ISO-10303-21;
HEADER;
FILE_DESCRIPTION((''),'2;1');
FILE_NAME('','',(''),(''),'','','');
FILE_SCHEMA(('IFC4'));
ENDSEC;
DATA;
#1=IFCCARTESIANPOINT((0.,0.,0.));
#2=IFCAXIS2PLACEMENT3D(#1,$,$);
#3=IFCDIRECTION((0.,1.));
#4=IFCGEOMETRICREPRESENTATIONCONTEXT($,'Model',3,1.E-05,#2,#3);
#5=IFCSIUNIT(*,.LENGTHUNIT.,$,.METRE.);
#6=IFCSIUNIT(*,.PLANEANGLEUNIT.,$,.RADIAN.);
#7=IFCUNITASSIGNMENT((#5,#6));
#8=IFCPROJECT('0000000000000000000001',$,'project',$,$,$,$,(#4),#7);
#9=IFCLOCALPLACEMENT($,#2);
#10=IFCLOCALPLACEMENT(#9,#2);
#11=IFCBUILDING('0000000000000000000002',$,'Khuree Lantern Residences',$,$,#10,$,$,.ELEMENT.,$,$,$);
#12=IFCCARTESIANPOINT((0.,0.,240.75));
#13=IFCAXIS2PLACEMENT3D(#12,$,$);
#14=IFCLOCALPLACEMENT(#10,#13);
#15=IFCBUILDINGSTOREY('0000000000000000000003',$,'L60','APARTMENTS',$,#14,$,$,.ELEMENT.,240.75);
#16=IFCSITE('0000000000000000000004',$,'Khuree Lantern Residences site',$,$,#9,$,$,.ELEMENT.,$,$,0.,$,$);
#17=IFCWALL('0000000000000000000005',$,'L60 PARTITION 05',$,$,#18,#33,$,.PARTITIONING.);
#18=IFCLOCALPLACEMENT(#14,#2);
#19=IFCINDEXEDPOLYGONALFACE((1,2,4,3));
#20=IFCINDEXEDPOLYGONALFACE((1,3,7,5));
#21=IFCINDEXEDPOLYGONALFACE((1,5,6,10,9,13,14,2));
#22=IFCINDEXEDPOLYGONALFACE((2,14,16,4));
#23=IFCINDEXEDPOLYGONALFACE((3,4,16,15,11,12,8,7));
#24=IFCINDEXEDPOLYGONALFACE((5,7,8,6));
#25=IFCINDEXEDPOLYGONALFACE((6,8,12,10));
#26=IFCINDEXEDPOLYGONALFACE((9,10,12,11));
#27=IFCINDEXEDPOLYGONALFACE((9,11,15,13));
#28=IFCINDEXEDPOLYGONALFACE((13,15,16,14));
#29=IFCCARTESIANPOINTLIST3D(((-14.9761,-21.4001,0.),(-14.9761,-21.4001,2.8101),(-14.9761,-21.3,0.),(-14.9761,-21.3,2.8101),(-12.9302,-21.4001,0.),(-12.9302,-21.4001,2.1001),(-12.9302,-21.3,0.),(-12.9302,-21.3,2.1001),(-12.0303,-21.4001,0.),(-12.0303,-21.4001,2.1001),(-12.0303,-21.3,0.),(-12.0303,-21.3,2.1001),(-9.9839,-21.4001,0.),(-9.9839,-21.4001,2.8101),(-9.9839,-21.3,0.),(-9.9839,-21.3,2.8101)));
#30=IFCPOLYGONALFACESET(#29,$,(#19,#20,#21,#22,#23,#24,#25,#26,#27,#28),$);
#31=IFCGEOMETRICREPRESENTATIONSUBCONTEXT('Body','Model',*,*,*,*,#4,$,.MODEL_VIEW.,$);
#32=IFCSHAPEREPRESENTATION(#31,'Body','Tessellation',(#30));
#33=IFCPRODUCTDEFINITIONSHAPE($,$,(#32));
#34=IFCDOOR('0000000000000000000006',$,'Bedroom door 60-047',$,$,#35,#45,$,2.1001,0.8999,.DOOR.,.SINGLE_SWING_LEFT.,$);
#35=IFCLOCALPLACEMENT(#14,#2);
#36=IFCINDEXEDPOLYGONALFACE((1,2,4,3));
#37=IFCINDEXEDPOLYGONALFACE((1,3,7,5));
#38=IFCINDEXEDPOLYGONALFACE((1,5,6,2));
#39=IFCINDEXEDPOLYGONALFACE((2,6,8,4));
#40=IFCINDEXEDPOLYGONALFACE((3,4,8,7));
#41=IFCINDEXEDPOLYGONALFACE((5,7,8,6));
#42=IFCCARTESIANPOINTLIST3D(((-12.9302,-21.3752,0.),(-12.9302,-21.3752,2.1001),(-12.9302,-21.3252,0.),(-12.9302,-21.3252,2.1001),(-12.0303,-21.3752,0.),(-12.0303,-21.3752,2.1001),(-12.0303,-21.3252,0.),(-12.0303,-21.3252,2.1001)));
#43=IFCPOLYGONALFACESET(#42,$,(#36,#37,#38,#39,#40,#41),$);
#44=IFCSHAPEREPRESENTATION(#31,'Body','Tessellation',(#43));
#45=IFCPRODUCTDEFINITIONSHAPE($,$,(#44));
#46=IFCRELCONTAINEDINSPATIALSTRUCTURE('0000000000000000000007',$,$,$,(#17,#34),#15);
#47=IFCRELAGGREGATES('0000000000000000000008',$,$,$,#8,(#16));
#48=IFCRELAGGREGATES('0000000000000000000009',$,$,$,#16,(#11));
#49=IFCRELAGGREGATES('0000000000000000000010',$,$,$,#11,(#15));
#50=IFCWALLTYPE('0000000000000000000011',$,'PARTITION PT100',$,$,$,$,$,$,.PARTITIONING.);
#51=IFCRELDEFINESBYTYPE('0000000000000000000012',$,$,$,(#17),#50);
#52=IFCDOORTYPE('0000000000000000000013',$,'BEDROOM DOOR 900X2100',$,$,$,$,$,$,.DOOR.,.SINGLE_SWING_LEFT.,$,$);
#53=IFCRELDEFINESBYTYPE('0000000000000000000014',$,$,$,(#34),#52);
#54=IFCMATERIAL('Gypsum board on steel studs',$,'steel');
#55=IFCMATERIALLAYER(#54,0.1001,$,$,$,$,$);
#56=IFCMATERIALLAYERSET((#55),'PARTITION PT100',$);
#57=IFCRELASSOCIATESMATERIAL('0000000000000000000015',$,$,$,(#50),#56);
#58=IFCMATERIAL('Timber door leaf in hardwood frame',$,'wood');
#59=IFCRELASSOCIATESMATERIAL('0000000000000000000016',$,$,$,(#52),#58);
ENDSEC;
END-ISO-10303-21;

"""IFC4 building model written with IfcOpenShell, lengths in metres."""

from ifc_helpers import new_model, si_unit, direction, frame, frame_2d, origin, place, context, subcontext, project, spatial, rectangle, extrude, material, layer, layer_set, type_object, element, fill, save


model = new_model("IFC4")

# Units and contexts
model_context = context("Model", 3, precision=1e-05, world=origin(), true_north=direction((0.0, 1.0)))
body_context = subcontext(model_context, "Body", "Model", "MODEL_VIEW")
ifc_project = project(units=[si_unit("LENGTHUNIT", "METRE"), si_unit("PLANEANGLEUNIT", "RADIAN")], contexts=[model_context])

# Site, building, storey
site_placement = place(None, origin())
site = spatial("IfcSite", under=ifc_project, at=site_placement, Name="Khuree Lantern Residences site", CompositionType="ELEMENT", RefElevation=0.0)
building_placement = place(site_placement, origin())
building = spatial("IfcBuilding", under=site, at=building_placement, Name="Khuree Lantern Residences", CompositionType="ELEMENT")
storey_placement = place(building_placement, frame((0.0, 0.0, 240.75)))
storey = spatial("IfcBuildingStorey", under=building, at=storey_placement, Name="L60", Description="APARTMENTS", CompositionType="ELEMENT", Elevation=240.75)

# Shared definitions
ifc_material_1 = material(Name="Gypsum board on steel studs", Category="steel")
ifc_layer_1 = layer(ifc_material_1, 0.1001)
ifc_layer_set_1 = layer_set([ifc_layer_1], Name="PARTITION PT100")
wall_type = type_object("IfcWallType", Name="PARTITION PT100", PredefinedType="PARTITIONING", material=ifc_layer_set_1)

# Wall, opening, door
wall_placement = place(storey_placement, frame((-14.9761, -21.3501, 0.0), z_axis=(0.0, 0.0, 1.0), x_axis=(1.0, 0.0, 0.0)))
wall = element("IfcWall", 1, at=wall_placement, inside=storey, type_object=wall_type, Name="L60 PARTITION 05", PredefinedType="PARTITIONING", context=body_context, shape_type="SweptSolid", body=[
    extrude(rectangle(XDim=4.9922, YDim=0.1001, at=frame_2d((2.4961, 0.0))), origin(), (0.0, 0.0, 1.0), 2.8101),
])
opening_placement = place(wall_placement, frame((2.0459, 0.0, 0.0)))
opening = element("IfcOpeningElement", 2, at=opening_placement, cuts=wall, PredefinedType="OPENING", context=body_context, shape_type="SweptSolid", body=[
    extrude(rectangle(XDim=0.8999, YDim=2.1001, at=frame_2d((0.45, 1.05))), frame((0.0, 0.0601, 0.0), z_axis=(0.0, -1.0, 0.0), x_axis=(1.0, 0.0, 0.0)), (0.0, 0.0, 1.0), 0.1201),
])
ifc_material_2 = material(Name="Timber door leaf in hardwood frame", Category="wood")
door_type = type_object("IfcDoorType", Name="BEDROOM DOOR 900X2100", OperationType="SINGLE_SWING_LEFT", PredefinedType="DOOR", material=ifc_material_2)
door_placement = place(opening_placement, origin())
door = element("IfcDoor", 3, at=door_placement, inside=storey, type_object=door_type, Name="Bedroom door 60-047", OperationType="SINGLE_SWING_LEFT", OverallHeight=2.1001, OverallWidth=0.8999, PredefinedType="DOOR", context=body_context, shape_type="SweptSolid", body=[
    extrude(rectangle(XDim=0.8999, YDim=2.1001, at=frame_2d((0.45, 1.05))), frame((0.0, 0.0249, 0.0), z_axis=(0.0, -1.0, 0.0), x_axis=(1.0, 0.0, 0.0)), (0.0, 0.0, 1.0), 0.05),
])
fill(opening, door)

save(model, "model.ifc")
